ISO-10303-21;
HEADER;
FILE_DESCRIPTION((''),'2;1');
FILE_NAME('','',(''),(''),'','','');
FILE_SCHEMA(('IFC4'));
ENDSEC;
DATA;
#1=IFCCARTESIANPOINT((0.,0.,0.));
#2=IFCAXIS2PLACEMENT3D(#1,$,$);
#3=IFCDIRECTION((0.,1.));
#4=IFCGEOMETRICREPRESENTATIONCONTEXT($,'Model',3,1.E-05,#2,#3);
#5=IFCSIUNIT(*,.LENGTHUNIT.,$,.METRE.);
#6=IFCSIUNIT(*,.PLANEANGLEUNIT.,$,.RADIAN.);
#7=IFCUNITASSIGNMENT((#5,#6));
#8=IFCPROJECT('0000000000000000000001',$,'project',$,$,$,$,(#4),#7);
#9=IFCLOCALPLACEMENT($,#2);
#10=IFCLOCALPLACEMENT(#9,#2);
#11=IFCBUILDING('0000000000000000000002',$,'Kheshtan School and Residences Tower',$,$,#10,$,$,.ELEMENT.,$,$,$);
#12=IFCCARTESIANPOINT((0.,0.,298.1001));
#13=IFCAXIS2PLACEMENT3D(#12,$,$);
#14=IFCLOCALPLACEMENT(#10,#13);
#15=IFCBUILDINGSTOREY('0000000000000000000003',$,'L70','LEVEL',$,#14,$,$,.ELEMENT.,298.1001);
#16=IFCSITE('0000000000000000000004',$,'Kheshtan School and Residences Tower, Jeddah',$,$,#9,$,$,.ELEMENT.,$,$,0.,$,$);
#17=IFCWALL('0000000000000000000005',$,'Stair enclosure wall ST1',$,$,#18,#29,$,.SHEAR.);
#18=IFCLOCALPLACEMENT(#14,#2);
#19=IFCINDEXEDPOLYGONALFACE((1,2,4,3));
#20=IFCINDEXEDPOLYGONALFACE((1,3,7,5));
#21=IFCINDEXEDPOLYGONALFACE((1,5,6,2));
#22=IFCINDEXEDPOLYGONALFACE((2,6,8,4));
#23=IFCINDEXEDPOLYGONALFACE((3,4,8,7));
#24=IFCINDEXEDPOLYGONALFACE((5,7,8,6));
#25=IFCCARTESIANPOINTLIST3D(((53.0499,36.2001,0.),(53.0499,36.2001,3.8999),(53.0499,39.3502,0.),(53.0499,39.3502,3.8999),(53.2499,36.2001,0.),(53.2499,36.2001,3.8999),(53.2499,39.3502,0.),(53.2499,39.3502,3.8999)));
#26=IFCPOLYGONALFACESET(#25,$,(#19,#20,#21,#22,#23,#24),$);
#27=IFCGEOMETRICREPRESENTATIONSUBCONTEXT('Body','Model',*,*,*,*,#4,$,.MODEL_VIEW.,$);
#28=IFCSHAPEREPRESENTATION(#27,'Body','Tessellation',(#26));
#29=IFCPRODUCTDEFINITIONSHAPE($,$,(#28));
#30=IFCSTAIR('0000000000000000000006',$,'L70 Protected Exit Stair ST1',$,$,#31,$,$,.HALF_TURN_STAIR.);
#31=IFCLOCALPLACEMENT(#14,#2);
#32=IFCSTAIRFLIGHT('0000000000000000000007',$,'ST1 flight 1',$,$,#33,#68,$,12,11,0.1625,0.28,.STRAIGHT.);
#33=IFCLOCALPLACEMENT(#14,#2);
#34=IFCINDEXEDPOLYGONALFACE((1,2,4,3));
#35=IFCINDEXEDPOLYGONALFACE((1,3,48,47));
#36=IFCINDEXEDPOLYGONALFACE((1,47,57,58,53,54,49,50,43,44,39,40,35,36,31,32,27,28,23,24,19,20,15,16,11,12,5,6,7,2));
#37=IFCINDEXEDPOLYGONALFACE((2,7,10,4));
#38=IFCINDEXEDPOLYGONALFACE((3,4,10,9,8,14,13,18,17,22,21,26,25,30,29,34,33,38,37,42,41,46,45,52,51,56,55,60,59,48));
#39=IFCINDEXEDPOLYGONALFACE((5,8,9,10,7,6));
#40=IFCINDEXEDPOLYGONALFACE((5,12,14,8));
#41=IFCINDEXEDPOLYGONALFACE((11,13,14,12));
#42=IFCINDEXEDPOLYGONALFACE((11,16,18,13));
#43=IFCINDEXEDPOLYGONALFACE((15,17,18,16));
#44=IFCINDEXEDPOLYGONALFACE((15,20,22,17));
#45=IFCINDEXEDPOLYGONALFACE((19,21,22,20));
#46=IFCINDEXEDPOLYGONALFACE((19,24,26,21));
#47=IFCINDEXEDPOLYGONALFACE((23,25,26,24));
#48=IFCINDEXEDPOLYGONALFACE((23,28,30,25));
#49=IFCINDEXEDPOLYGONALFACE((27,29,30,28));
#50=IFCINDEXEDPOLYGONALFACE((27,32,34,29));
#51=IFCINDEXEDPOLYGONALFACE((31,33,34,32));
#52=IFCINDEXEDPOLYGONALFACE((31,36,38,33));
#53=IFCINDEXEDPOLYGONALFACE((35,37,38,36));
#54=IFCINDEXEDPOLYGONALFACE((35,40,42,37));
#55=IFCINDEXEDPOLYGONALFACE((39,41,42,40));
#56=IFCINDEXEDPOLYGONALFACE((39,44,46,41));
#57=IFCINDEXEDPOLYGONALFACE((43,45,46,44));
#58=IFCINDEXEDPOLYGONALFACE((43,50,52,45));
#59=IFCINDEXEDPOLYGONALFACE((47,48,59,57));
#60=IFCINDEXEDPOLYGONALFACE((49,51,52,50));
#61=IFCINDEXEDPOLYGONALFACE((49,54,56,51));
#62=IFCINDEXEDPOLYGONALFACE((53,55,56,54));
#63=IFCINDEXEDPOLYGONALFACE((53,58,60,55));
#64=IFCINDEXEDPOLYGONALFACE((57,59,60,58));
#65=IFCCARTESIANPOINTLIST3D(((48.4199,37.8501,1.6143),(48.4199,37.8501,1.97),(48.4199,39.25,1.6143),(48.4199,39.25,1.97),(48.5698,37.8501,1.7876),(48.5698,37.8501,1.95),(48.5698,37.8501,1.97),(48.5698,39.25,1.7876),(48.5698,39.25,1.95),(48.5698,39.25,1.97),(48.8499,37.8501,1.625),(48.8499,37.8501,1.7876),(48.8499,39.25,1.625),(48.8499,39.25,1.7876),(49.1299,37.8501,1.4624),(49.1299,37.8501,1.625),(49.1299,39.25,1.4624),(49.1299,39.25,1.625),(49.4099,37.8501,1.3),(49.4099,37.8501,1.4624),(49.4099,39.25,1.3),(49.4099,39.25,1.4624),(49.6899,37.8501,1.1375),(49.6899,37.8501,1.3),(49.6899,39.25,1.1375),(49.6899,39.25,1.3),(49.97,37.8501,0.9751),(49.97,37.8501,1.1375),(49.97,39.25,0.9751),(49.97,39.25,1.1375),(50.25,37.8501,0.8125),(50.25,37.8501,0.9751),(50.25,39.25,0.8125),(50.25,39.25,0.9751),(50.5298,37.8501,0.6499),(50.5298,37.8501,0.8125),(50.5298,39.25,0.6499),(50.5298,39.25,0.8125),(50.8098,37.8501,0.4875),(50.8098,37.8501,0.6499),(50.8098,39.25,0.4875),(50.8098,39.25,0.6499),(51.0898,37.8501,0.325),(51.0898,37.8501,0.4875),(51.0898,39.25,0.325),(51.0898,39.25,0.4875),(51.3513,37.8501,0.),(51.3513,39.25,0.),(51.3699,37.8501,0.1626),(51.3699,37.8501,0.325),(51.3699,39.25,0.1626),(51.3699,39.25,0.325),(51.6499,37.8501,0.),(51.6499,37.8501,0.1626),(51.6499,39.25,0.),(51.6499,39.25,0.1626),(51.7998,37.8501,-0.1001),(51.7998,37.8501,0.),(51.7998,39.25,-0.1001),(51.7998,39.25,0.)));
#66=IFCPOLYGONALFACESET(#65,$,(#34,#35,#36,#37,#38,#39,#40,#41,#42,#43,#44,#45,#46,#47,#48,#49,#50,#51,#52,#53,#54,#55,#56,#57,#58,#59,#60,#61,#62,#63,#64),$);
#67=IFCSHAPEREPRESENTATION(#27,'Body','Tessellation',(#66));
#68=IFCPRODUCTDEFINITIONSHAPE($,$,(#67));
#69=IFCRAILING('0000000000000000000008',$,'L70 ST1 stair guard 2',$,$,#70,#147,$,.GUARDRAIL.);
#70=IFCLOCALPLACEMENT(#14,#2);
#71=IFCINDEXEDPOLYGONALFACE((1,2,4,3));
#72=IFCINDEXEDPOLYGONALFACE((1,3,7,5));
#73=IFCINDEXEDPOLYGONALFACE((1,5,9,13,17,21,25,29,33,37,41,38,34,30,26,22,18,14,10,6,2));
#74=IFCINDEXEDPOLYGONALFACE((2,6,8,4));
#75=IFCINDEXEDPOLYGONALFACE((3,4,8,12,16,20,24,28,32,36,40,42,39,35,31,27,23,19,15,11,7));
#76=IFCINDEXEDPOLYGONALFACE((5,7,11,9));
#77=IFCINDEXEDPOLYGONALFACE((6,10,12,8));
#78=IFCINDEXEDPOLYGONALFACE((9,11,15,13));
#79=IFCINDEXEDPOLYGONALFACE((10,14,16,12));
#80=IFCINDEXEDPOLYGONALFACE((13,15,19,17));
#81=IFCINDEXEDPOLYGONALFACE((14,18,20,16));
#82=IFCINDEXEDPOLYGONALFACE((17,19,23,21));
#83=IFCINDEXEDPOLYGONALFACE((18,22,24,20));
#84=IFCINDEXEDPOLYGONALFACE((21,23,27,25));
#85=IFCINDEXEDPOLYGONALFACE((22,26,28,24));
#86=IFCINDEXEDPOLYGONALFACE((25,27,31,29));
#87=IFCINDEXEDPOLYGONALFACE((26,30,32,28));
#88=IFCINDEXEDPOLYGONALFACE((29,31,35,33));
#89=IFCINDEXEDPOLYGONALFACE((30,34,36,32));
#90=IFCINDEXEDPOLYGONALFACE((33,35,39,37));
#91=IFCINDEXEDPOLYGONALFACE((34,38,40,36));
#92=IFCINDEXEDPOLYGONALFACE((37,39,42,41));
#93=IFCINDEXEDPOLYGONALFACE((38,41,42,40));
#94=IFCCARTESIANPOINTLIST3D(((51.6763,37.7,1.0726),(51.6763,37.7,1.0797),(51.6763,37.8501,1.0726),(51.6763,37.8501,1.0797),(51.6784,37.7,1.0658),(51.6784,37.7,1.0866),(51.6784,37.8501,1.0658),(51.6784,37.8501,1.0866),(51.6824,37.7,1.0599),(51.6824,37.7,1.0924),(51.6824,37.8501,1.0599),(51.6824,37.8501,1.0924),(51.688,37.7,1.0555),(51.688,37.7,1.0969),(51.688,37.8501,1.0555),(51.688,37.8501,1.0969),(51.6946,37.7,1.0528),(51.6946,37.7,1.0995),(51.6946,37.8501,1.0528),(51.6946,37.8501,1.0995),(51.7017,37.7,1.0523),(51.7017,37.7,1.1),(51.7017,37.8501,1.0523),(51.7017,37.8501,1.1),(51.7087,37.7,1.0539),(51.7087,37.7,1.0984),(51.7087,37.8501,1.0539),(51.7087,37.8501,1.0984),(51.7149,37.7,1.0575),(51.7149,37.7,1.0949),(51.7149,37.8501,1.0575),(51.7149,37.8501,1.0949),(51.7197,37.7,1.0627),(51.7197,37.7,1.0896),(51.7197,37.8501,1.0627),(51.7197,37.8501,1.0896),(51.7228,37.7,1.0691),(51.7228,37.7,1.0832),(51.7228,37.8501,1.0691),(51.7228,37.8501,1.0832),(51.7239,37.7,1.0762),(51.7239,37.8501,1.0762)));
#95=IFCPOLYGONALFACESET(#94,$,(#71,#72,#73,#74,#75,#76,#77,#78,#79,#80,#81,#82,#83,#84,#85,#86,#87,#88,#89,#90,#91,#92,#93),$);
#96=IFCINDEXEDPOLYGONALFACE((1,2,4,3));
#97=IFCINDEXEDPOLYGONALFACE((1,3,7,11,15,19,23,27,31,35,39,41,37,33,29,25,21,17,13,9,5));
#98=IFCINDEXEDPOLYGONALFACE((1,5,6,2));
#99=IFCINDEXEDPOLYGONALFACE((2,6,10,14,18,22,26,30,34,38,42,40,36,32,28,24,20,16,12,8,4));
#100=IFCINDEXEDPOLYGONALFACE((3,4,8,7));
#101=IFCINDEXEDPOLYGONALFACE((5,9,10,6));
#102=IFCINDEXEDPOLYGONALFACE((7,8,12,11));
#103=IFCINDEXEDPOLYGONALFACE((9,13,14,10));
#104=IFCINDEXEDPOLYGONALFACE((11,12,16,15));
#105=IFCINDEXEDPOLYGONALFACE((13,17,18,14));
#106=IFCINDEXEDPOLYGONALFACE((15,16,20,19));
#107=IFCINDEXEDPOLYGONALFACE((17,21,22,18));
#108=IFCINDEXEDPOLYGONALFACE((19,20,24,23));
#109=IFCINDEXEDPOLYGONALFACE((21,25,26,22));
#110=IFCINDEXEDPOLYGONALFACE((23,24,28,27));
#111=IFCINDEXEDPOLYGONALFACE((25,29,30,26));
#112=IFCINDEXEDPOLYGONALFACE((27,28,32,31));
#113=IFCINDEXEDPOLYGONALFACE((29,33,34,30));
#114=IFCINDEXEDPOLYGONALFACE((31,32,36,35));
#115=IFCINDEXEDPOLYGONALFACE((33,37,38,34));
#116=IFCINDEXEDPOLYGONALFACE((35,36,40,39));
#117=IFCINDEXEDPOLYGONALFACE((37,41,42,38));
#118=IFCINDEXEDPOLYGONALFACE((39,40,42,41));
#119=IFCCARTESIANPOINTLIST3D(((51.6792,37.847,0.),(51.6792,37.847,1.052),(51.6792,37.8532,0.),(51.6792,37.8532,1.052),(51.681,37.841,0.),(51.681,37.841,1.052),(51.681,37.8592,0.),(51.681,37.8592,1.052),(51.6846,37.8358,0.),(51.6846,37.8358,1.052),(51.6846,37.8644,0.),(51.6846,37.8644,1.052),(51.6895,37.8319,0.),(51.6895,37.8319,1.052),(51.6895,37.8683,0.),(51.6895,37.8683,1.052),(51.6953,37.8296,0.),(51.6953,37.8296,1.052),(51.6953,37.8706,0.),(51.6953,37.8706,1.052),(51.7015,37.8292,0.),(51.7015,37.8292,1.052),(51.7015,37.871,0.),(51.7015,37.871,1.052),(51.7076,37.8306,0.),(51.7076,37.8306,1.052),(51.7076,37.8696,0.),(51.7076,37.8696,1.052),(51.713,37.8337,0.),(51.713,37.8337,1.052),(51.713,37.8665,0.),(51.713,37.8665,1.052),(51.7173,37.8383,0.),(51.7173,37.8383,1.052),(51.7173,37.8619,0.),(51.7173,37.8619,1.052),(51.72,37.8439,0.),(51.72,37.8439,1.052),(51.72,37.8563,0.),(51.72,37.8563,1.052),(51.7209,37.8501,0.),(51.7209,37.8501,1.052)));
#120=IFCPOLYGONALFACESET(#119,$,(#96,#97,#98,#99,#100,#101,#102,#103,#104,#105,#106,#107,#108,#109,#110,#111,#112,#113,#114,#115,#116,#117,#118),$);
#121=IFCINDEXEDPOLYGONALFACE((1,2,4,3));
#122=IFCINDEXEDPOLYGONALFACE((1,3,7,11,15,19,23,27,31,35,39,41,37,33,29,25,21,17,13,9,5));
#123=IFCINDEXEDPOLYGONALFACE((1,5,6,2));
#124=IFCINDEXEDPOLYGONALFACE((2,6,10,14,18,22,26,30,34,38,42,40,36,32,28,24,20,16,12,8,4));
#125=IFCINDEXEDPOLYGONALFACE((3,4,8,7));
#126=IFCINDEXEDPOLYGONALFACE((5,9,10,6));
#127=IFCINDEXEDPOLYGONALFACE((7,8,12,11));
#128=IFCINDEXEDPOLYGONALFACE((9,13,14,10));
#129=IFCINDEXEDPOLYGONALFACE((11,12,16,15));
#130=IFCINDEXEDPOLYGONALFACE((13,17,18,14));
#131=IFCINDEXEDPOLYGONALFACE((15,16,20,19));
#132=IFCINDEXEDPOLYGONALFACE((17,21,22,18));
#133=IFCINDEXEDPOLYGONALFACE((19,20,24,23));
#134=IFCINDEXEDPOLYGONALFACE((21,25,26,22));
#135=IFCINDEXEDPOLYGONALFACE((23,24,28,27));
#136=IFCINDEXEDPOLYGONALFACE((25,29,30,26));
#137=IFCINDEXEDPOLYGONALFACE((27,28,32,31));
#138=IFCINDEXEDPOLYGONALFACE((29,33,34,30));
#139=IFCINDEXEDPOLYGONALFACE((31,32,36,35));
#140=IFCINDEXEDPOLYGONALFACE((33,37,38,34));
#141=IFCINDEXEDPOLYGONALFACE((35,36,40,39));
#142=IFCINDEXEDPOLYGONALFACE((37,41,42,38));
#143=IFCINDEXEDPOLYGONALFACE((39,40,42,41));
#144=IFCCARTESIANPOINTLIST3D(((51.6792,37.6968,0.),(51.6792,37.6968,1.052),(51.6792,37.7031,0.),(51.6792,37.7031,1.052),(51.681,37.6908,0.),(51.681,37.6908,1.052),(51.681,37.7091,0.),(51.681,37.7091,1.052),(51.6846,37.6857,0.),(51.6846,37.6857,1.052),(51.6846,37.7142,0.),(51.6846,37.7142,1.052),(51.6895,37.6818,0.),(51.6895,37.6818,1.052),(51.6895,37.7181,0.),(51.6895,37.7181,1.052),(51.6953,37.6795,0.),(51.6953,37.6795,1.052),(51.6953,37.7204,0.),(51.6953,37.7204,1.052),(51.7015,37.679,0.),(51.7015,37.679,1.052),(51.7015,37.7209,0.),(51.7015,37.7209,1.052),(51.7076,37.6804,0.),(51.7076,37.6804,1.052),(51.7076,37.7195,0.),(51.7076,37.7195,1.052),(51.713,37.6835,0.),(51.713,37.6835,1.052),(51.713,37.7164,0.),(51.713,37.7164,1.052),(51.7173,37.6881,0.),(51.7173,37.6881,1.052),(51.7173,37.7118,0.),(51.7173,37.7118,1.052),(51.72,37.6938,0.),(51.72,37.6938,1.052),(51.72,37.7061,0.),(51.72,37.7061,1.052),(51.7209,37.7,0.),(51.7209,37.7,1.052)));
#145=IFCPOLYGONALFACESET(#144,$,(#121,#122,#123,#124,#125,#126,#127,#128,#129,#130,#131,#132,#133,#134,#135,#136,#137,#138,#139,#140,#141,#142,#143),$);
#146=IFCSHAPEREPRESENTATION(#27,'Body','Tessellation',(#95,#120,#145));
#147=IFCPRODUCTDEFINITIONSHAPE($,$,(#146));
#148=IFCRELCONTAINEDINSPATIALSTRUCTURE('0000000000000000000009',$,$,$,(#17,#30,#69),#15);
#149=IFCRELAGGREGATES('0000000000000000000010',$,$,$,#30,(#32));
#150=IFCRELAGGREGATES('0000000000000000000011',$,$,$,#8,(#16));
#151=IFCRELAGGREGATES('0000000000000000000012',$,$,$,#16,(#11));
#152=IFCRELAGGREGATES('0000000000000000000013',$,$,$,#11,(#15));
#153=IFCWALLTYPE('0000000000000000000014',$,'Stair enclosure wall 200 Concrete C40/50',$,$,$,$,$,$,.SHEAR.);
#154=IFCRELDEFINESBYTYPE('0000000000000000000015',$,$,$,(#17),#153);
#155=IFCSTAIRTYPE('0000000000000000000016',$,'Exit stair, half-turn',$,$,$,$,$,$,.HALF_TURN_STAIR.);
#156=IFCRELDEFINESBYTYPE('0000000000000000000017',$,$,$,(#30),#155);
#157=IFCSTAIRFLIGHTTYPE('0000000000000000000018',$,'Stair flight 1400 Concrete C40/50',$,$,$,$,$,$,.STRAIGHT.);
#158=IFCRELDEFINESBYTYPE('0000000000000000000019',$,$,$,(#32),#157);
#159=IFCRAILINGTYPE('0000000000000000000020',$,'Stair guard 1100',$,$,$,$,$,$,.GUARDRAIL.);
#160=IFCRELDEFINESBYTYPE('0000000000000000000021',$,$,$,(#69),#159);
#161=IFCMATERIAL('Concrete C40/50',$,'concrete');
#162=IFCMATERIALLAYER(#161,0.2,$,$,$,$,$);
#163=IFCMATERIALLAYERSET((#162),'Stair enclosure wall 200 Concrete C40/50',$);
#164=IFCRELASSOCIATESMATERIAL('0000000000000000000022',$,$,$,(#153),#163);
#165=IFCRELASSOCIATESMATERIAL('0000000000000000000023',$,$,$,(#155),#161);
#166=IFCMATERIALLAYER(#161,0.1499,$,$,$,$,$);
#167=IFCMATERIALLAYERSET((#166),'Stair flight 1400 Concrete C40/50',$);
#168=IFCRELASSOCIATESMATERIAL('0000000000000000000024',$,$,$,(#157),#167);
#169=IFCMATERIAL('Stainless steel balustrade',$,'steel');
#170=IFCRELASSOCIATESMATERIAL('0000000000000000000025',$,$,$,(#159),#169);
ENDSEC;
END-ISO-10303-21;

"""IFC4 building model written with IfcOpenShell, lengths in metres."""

from ifc_helpers import new_model, si_unit, direction, frame, frame_2d, origin, origin_2d, place, context, subcontext, project, spatial, polyline, rectangle, circle, outline, extrude, material, layer, layer_set, type_object, element, aggregate, save


model = new_model("IFC4")

# Units and contexts
model_context = context("Model", 3, precision=1e-05, world=origin(), true_north=direction((0.0, 1.0)))
body_context = subcontext(model_context, "Body", "Model", "MODEL_VIEW")
ifc_project = project(units=[si_unit("LENGTHUNIT", "METRE"), si_unit("PLANEANGLEUNIT", "RADIAN")], contexts=[model_context])

# Site, building, storey
site_placement = place(None, origin())
site = spatial("IfcSite", under=ifc_project, at=site_placement, Name="Kheshtan School and Residences Tower, Jeddah", CompositionType="ELEMENT", RefElevation=0.0)
building_placement = place(site_placement, origin())
building = spatial("IfcBuilding", under=site, at=building_placement, Name="Kheshtan School and Residences Tower", CompositionType="ELEMENT")
storey_placement = place(building_placement, frame((0.0, 0.0, 298.1001)))
storey = spatial("IfcBuildingStorey", under=building, at=storey_placement, Name="L70", Description="LEVEL", CompositionType="ELEMENT", Elevation=298.1001)

# Wall
ifc_material_1 = material(Name="Concrete C40/50", Category="concrete")
ifc_layer_1 = layer(ifc_material_1, 0.2)
ifc_layer_set_1 = layer_set([ifc_layer_1], Name="Stair enclosure wall 200 Concrete C40/50")
wall_type_1 = type_object("IfcWallType", Name="Stair enclosure wall 200 Concrete C40/50", PredefinedType="SHEAR", material=ifc_layer_set_1)
wall_1_placement = place(storey_placement, frame((53.1499, 36.2, 0.0), z_axis=(0.0, 0.0, 1.0), x_axis=(0.0, 1.0, 0.0)))
element("IfcWall", 1, at=wall_1_placement, inside=storey, type_object=wall_type_1, Name="Stair enclosure wall ST1", PredefinedType="SHEAR", context=body_context, shape_type="SweptSolid", body=[
    extrude(rectangle(XDim=3.1501, YDim=0.2, at=frame_2d((1.5752, 0.0))), origin(), (0.0, 0.0, 1.0), 3.8999),
])

# Stair, stair flight
stair_type = type_object("IfcStairType", Name="Exit stair, half-turn", PredefinedType="HALF_TURN_STAIR", material=ifc_material_1)
stair_placement = place(storey_placement, origin())
stair = element("IfcStair", 2, at=stair_placement, inside=storey, type_object=stair_type, Name="L70 Protected Exit Stair ST1", PredefinedType="HALF_TURN_STAIR")
ifc_layer_2 = layer(ifc_material_1, 0.1499)
ifc_layer_set_2 = layer_set([ifc_layer_2], Name="Stair flight 1400 Concrete C40/50")
stair_flight_type = type_object("IfcStairFlightType", Name="Stair flight 1400 Concrete C40/50", PredefinedType="STRAIGHT", material=ifc_layer_set_2)
stair_flight_placement = place(storey_placement, frame((51.6499, 38.55, 0.0), z_axis=(0.0, 0.0, 1.0), x_axis=(-1.0, 0.0, 0.0)))
stair_flight = element("IfcStairFlight", 3, at=stair_flight_placement, type_object=stair_flight_type, Name="ST1 flight 1", NumberOfRisers=12, NumberOfTreads=11, PredefinedType="STRAIGHT", RiserHeight=0.1625, TreadLength=0.28, context=body_context, shape_type="SweptSolid", body=[
    extrude(outline(polyline([(-0.1499, -0.1001), (-0.1499, 0.0), (0.0, 0.0), (0.0, 0.1626), (0.28, 0.1626), (0.28, 0.325), (0.5601, 0.325), (0.5601, 0.4875), (0.8401, 0.4875), (0.8401, 0.6499), (1.1201, 0.6499), (1.1201, 0.8125), (1.3999, 0.8125), (1.3999, 0.9751), (1.6799, 0.9751), (1.6799, 1.1375), (1.96, 1.1375), (1.96, 1.3), (2.24, 1.3), (2.24, 1.4624), (2.52, 1.4624), (2.52, 1.625), (2.8, 1.625), (2.8, 1.7876), (3.0801, 1.7876), (3.0801, 1.95), (3.0801, 1.97), (3.23, 1.97), (3.23, 1.6143), (0.2986, 0.0), (-0.1499, -0.1001)])), frame((0.0, 0.7, 0.0), z_axis=(0.0, -1.0, 0.0), x_axis=(1.0, 0.0, 0.0)), (0.0, 0.0, 1.0), 1.3999),
])
aggregate(stair, [stair_flight])

# Railing
ifc_material_2 = material(Name="Stainless steel balustrade", Category="steel")
railing_type_1 = type_object("IfcRailingType", Name="Stair guard 1100", PredefinedType="GUARDRAIL", material=ifc_material_2)
railing_1_placement = place(storey_placement, frame((51.7, 37.8501, 0.0)))
element("IfcRailing", 4, at=railing_1_placement, inside=storey, type_object=railing_type_1, Name="L70 ST1 stair guard 2", PredefinedType="GUARDRAIL", context=body_context, shape_type="SweptSolid", body=[
    extrude(circle(Radius=0.0239, at=origin_2d()), frame((0.0, 0.0, 1.0762), z_axis=(0.0, -1.0, 0.0), x_axis=(1.0, 0.0, 0.0)), (0.0, 0.0, 1.0), 0.1501),
    extrude(circle(Radius=0.021, at=origin_2d()), origin(), (0.0, 0.0, 1.0), 1.052),
    extrude(circle(Radius=0.021, at=origin_2d()), frame((0.0, -0.1501, 0.0)), (0.0, 0.0, 1.0), 1.052),
])

save(model, "model.ifc")
